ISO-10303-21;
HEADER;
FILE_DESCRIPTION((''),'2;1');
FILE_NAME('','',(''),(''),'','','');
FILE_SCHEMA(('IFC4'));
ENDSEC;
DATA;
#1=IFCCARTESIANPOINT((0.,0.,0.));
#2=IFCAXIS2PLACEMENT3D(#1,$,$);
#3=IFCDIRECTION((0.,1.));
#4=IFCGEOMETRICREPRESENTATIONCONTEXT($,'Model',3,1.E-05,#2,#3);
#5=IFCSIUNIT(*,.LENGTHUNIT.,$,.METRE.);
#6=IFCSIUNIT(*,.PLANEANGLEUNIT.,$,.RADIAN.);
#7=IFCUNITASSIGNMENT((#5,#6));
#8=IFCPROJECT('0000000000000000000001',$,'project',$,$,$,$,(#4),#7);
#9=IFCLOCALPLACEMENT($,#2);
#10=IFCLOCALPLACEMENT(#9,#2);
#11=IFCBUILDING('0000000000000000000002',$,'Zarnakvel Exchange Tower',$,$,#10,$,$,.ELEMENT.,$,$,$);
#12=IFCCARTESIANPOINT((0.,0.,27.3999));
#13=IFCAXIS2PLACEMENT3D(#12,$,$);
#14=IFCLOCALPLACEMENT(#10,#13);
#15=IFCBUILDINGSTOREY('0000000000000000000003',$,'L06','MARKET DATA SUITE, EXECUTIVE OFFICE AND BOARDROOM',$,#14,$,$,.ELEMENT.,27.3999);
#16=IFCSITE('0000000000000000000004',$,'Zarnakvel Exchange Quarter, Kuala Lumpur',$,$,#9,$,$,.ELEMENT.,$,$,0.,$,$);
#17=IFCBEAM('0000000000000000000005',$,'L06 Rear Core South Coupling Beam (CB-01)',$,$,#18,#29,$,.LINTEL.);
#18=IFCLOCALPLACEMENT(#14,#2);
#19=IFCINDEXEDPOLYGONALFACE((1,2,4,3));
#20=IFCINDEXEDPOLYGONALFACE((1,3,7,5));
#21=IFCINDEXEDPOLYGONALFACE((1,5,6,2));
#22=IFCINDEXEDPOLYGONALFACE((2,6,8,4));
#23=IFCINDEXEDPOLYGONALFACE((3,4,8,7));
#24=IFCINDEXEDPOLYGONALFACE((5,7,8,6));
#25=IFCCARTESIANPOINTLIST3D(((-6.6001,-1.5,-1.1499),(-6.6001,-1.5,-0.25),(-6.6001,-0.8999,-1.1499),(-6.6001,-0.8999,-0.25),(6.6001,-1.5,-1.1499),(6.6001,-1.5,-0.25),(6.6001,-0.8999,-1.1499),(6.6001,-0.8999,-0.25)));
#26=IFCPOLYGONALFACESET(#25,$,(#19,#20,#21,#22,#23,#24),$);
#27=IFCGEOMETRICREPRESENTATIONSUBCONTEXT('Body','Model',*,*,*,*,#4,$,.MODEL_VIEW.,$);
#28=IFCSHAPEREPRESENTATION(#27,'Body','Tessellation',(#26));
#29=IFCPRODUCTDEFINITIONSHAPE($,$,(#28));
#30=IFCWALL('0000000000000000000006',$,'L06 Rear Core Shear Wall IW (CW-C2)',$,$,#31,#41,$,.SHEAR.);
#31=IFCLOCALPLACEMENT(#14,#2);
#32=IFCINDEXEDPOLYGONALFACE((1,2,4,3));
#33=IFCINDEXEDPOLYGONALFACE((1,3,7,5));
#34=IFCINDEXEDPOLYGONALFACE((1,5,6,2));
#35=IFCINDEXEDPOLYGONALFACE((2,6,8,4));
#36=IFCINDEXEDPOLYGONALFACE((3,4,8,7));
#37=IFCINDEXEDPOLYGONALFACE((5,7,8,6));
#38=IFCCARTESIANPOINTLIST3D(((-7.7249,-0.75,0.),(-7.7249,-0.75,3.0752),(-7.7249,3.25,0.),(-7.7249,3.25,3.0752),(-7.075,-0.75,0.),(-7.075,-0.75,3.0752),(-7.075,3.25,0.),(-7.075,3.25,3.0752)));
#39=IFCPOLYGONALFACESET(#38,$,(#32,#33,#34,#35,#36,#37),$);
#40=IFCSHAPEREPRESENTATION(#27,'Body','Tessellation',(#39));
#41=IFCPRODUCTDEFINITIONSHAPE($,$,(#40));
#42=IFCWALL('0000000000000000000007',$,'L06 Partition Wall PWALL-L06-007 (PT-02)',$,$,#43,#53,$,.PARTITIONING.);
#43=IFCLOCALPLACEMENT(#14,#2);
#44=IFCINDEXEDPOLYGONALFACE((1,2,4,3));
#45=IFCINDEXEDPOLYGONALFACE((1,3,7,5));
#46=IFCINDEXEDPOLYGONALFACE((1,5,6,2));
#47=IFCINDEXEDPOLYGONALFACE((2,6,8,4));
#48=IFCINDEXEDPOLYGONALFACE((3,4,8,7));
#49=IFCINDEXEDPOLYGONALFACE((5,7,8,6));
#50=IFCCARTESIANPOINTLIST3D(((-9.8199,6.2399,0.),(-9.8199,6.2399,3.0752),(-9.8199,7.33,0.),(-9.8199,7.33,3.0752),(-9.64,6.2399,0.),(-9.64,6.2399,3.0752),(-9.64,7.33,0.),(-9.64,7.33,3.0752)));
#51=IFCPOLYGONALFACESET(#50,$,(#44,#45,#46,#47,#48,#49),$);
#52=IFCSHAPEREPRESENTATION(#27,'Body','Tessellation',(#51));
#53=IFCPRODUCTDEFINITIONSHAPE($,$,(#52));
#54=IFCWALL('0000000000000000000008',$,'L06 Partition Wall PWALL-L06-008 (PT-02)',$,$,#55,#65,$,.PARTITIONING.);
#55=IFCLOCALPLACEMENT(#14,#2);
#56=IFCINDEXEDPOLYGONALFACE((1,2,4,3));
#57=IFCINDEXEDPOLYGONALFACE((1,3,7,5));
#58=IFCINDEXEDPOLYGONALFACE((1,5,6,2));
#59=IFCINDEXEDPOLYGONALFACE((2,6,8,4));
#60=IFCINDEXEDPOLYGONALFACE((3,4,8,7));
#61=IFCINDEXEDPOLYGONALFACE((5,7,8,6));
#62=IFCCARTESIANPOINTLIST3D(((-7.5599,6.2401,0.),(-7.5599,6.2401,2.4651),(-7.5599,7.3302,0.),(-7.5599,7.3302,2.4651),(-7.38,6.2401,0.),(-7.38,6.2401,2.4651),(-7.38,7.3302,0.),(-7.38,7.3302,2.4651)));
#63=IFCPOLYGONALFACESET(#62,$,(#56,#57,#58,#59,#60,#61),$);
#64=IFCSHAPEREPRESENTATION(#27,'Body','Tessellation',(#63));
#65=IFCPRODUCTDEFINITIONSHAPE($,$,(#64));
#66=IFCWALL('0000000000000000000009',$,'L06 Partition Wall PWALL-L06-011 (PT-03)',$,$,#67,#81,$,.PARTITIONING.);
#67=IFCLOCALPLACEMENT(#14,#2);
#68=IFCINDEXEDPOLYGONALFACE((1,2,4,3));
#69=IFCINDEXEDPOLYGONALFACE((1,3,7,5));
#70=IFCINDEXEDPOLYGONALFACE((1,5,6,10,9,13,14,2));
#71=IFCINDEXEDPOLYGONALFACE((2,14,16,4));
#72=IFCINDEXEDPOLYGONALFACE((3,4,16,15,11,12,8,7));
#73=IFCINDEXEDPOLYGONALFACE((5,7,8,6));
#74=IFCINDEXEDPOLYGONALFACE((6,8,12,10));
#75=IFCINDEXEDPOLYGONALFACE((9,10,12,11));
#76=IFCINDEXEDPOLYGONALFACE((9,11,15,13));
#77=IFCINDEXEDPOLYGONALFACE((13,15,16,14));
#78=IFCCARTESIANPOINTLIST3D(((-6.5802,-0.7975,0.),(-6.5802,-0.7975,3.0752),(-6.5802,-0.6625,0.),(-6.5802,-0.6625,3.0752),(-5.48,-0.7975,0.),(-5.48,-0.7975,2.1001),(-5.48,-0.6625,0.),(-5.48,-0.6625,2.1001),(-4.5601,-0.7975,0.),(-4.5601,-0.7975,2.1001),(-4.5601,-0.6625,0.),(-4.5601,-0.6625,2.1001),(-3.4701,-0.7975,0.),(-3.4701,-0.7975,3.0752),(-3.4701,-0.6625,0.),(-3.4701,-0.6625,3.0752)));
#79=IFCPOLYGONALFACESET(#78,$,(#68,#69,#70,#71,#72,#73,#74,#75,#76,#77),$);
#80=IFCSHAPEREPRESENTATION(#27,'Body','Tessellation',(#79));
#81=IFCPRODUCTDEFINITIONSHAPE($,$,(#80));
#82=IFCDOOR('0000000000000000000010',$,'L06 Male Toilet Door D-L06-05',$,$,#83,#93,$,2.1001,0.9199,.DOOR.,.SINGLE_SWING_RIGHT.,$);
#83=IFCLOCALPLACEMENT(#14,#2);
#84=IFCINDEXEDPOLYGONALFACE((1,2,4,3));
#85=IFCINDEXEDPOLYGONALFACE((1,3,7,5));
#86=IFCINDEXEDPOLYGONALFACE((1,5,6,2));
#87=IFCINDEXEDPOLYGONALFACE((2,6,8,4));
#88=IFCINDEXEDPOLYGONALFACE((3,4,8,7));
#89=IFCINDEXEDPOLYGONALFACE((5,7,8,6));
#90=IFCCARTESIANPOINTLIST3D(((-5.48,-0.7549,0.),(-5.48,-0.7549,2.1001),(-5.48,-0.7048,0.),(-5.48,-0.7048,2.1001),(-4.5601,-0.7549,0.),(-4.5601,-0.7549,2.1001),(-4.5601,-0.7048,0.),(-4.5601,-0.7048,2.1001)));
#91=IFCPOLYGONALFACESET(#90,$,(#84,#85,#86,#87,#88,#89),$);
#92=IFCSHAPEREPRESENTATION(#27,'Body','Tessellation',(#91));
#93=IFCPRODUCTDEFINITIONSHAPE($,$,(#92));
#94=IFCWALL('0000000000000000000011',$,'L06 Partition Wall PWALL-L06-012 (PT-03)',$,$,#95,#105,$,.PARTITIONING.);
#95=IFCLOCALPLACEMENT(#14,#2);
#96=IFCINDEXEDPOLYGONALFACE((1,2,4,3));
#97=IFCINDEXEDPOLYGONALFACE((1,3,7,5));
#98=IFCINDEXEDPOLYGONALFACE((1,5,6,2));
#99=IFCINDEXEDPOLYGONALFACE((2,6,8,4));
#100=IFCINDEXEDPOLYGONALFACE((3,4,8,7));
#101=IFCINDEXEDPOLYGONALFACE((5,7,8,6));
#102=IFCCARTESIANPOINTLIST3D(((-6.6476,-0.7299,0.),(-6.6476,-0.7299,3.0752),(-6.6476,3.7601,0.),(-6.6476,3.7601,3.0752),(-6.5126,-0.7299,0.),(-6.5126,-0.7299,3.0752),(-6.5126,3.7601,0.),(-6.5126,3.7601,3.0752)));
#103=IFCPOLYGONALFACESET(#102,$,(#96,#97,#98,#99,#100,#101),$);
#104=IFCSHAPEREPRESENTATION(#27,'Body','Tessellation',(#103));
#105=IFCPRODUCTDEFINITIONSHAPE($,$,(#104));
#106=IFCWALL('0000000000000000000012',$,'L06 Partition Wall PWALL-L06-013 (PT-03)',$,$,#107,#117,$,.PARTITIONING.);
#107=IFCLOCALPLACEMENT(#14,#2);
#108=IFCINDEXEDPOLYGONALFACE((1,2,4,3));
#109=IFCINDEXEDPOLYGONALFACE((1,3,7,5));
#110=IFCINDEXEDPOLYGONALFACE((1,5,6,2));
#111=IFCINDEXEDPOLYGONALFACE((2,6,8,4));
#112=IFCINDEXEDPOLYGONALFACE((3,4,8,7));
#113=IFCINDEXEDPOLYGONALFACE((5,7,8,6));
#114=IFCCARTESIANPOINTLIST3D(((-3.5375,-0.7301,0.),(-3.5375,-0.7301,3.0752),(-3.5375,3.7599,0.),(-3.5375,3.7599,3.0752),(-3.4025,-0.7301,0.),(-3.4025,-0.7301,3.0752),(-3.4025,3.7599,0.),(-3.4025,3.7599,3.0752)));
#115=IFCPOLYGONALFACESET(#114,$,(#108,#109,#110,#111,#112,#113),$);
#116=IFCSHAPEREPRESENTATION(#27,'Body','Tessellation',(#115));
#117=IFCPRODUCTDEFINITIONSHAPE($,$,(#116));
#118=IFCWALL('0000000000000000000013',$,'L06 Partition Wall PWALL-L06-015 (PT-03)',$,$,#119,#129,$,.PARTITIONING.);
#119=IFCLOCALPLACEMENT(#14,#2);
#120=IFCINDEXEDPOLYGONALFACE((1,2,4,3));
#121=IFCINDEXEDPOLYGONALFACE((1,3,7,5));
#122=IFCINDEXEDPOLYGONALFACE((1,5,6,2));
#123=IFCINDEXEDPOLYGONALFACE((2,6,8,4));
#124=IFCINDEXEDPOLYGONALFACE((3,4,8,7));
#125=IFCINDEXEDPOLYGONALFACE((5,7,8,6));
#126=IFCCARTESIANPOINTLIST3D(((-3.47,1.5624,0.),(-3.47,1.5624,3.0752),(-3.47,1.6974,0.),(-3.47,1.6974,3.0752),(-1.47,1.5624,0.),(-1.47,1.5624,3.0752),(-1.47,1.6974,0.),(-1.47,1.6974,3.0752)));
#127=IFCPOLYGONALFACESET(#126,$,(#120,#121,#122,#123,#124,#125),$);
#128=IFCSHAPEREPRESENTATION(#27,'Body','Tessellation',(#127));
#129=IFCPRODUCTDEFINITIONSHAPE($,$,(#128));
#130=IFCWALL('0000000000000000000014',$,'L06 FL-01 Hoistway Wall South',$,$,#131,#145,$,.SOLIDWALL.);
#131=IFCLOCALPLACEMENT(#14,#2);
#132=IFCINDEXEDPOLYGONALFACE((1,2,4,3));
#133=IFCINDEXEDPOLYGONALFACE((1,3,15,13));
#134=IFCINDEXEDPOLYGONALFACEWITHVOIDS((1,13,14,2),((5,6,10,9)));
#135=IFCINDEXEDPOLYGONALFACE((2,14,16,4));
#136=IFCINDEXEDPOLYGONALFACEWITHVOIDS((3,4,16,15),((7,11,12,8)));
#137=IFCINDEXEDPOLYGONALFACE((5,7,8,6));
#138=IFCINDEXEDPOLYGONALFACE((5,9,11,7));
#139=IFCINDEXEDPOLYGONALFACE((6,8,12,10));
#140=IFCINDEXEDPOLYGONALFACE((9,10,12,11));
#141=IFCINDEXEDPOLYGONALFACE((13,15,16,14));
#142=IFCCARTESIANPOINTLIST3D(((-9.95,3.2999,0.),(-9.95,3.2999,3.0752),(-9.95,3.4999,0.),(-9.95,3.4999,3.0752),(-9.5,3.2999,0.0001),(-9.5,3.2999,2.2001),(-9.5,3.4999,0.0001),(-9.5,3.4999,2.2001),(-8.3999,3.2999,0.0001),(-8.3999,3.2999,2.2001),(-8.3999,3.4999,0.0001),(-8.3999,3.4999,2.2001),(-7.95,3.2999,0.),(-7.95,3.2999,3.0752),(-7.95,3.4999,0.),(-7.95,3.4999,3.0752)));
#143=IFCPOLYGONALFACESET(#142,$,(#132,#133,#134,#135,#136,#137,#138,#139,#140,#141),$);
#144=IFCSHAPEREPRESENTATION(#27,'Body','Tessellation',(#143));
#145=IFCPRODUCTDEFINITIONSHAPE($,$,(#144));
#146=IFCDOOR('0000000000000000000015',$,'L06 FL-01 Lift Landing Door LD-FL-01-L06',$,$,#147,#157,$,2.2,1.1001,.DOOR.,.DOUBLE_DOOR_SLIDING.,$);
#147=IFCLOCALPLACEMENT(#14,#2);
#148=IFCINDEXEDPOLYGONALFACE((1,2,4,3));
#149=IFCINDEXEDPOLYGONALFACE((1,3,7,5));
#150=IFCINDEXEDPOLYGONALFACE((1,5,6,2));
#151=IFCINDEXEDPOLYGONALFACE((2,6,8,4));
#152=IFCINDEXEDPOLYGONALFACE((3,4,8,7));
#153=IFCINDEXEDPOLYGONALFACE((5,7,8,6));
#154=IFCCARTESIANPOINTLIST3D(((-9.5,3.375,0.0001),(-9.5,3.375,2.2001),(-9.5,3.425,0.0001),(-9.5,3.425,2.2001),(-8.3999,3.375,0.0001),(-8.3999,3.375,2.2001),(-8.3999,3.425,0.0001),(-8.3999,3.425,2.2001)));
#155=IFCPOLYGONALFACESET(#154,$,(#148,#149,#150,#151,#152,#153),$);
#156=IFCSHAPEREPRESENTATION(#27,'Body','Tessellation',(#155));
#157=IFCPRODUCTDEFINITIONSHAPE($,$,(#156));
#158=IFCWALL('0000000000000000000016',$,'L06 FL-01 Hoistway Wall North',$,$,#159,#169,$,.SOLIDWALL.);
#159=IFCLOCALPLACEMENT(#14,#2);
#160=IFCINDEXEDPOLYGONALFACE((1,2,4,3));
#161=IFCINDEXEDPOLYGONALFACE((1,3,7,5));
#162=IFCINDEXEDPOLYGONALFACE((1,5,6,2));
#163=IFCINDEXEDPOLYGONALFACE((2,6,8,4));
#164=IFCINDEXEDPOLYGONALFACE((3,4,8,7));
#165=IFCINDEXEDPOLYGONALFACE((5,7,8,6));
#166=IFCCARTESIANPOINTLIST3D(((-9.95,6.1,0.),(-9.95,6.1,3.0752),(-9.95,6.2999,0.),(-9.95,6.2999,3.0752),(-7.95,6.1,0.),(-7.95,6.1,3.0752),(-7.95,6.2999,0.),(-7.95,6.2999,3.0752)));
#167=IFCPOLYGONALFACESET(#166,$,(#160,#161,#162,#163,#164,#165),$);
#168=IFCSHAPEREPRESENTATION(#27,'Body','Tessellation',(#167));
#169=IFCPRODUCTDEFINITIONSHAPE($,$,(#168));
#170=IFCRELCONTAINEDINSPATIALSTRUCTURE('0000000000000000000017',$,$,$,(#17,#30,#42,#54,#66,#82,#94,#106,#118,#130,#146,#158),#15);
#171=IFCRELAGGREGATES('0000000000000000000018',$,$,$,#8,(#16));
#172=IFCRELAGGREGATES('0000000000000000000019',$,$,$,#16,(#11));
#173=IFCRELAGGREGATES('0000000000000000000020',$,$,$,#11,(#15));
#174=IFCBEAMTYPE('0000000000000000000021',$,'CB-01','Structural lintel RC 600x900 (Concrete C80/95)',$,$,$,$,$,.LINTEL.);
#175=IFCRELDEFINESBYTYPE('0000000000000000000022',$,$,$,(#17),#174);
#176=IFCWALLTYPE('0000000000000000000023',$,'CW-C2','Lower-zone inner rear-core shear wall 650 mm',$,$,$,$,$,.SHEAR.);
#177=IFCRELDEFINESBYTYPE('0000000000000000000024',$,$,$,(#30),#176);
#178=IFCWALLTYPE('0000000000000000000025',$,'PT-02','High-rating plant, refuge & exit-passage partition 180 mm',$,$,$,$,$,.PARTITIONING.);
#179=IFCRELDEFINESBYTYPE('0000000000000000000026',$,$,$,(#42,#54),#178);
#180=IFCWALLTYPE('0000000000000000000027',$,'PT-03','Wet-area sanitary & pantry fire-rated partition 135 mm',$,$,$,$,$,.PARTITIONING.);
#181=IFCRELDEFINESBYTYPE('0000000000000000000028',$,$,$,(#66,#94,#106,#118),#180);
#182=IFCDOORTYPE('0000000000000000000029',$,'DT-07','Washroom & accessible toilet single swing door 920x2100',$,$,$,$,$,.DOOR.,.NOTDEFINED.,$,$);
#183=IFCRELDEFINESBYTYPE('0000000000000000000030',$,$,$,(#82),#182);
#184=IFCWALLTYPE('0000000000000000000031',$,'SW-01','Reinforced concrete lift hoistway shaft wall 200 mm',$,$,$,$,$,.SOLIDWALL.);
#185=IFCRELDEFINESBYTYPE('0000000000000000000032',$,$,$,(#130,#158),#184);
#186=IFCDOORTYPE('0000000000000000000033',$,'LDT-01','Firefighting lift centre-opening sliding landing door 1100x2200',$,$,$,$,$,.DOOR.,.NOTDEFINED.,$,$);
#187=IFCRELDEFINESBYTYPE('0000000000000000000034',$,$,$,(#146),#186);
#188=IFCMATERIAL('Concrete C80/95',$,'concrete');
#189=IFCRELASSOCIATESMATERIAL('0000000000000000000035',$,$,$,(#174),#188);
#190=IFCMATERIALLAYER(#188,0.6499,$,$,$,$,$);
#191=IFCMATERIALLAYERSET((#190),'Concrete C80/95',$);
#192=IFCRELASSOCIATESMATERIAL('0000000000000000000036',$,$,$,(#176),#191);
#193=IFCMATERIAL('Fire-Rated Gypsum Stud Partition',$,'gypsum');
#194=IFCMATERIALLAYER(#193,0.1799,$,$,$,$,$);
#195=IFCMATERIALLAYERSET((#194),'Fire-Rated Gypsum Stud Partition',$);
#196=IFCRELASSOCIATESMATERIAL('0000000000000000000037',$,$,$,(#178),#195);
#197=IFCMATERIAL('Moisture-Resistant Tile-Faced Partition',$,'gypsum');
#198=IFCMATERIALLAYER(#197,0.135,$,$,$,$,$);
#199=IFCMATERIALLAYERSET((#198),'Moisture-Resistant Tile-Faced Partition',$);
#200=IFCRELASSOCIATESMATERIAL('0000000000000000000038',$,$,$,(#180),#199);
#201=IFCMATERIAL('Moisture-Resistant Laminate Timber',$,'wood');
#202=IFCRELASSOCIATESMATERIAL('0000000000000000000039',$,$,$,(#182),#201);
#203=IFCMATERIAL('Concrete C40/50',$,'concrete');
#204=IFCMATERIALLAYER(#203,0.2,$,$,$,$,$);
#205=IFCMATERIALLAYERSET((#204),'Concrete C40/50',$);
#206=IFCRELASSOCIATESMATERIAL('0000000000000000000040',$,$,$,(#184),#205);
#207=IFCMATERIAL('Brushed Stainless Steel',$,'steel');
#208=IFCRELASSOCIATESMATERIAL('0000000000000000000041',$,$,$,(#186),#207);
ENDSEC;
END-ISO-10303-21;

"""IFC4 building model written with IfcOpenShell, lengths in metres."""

from ifc_helpers import new_model, si_unit, direction, frame, frame_2d, origin, origin_2d, place, context, subcontext, project, spatial, rectangle, extrude, source, transform, mapped, material, layer, layer_set, material_profile, profile_set, type_object, element, fill, save


model = new_model("IFC4")

# Units and contexts
model_context = context("Model", 3, precision=1e-05, world=origin(), true_north=direction((0.0, 1.0)))
body_context = subcontext(model_context, "Body", "Model", "MODEL_VIEW")
ifc_project = project(units=[si_unit("LENGTHUNIT", "METRE"), si_unit("PLANEANGLEUNIT", "RADIAN")], contexts=[model_context])

# Site, building, storey
site_placement = place(None, origin())
site = spatial("IfcSite", under=ifc_project, at=site_placement, Name="Zarnakvel Exchange Quarter, Kuala Lumpur", CompositionType="ELEMENT", RefElevation=0.0)
building_placement = place(site_placement, origin())
building = spatial("IfcBuilding", under=site, at=building_placement, Name="Zarnakvel Exchange Tower", CompositionType="ELEMENT")
storey_placement = place(building_placement, frame((0.0, 0.0, 27.3999)))
storey = spatial("IfcBuildingStorey", under=building, at=storey_placement, Name="L06", Description="MARKET DATA SUITE, EXECUTIVE OFFICE AND BOARDROOM", CompositionType="ELEMENT", Elevation=27.3999)

# Beam
ifc_material_1 = material(Name="Concrete C80/95", Category="concrete")
ifc_material_profile = material_profile(ifc_material_1, rectangle(XDim=0.6001, YDim=0.8999, at=origin_2d()))
ifc_profile_set = profile_set([ifc_material_profile], Name="Concrete C80/95")
beam_type = type_object("IfcBeamType", Name="CB-01", Description="Structural lintel RC 600x900 (Concrete C80/95)", PredefinedType="LINTEL", material=ifc_profile_set)
beam_placement = place(storey_placement, frame((-6.6001, -1.2, -0.7), z_axis=(1.0, 0.0, 0.0), x_axis=(0.0, 1.0, 0.0)))
element("IfcBeam", 1, at=beam_placement, inside=storey, type_object=beam_type, Name="L06 Rear Core South Coupling Beam (CB-01)", PredefinedType="LINTEL", context=body_context, shape_type="SweptSolid", body=[
    extrude(rectangle(XDim=0.6001, YDim=0.8999, at=origin_2d()), origin(), (0.0, 0.0, 1.0), 13.2002),
])

# Walls
ifc_layer_1 = layer(ifc_material_1, 0.6499)
ifc_layer_set_1 = layer_set([ifc_layer_1], Name="Concrete C80/95")
wall_type_1 = type_object("IfcWallType", Name="CW-C2", Description="Lower-zone inner rear-core shear wall 650 mm", PredefinedType="SHEAR", material=ifc_layer_set_1)
wall_1_placement = place(storey_placement, frame((-7.3999, -0.75, 0.0), z_axis=(0.0, 0.0, 1.0), x_axis=(0.0, 1.0, 0.0)))
element("IfcWall", 2, at=wall_1_placement, inside=storey, type_object=wall_type_1, Name="L06 Rear Core Shear Wall IW (CW-C2)", PredefinedType="SHEAR", context=body_context, shape_type="SweptSolid", body=[
    extrude(rectangle(XDim=4.0, YDim=0.6499, at=frame_2d((2.0, 0.0))), origin(), (0.0, 0.0, 1.0), 3.0752),
])
ifc_material_2 = material(Name="Fire-Rated Gypsum Stud Partition", Category="gypsum")
ifc_layer_2 = layer(ifc_material_2, 0.1799)
ifc_layer_set_2 = layer_set([ifc_layer_2], Name="Fire-Rated Gypsum Stud Partition")
wall_type_2 = type_object("IfcWallType", Name="PT-02", Description="High-rating plant, refuge & exit-passage partition 180 mm", PredefinedType="PARTITIONING", material=ifc_layer_set_2)
wall_2_placement = place(storey_placement, frame((-9.73, 6.24, 0.0), z_axis=(0.0, 0.0, 1.0), x_axis=(0.0, 1.0, 0.0)))
element("IfcWall", 3, at=wall_2_placement, inside=storey, type_object=wall_type_2, Name="L06 Partition Wall PWALL-L06-007 (PT-02)", PredefinedType="PARTITIONING", context=body_context, shape_type="SweptSolid", body=[
    extrude(rectangle(XDim=1.0901, YDim=0.1799, at=frame_2d((0.5449, 0.0))), origin(), (0.0, 0.0, 1.0), 3.0752),
])
wall_3_placement = place(storey_placement, frame((-7.47, 7.3301, 0.0), z_axis=(0.0, 0.0, 1.0), x_axis=(0.0, -1.0, 0.0)))
element("IfcWall", 4, at=wall_3_placement, inside=storey, type_object=wall_type_2, Name="L06 Partition Wall PWALL-L06-008 (PT-02)", PredefinedType="PARTITIONING", context=body_context, shape_type="SweptSolid", body=[
    extrude(rectangle(XDim=1.0901, YDim=0.1799, at=frame_2d((0.5449, 0.0))), origin(), (0.0, 0.0, 1.0), 2.4651),
])

# Wall, opening, door
ifc_material_3 = material(Name="Moisture-Resistant Tile-Faced Partition", Category="gypsum")
ifc_layer_3 = layer(ifc_material_3, 0.135)
ifc_layer_set_3 = layer_set([ifc_layer_3], Name="Moisture-Resistant Tile-Faced Partition")
wall_type_3 = type_object("IfcWallType", Name="PT-03", Description="Wet-area sanitary & pantry fire-rated partition 135 mm", PredefinedType="PARTITIONING", material=ifc_layer_set_3)
wall_4_placement = place(storey_placement, frame((-3.47, -0.73, 0.0), z_axis=(0.0, 0.0, 1.0), x_axis=(-1.0, 0.0, 0.0)))
wall_4 = element("IfcWall", 5, at=wall_4_placement, inside=storey, type_object=wall_type_3, Name="L06 Partition Wall PWALL-L06-011 (PT-03)", PredefinedType="PARTITIONING", context=body_context, shape_type="SweptSolid", body=[
    extrude(rectangle(XDim=3.1101, YDim=0.135, at=frame_2d((1.5552, 0.0))), origin(), (0.0, 0.0, 1.0), 3.0752),
])
opening_1_placement = place(wall_4_placement, frame((1.0901, 0.0, 0.0)))
opening_1 = element("IfcOpeningElement", 6, at=opening_1_placement, cuts=wall_4, PredefinedType="OPENING", context=body_context, shape_type="SweptSolid", body=[
    extrude(rectangle(XDim=0.9199, YDim=2.1001, at=frame_2d((0.46, 1.05))), frame((0.0, 0.0774, 0.0), z_axis=(0.0, -1.0, 0.0), x_axis=(1.0, 0.0, 0.0)), (0.0, 0.0, 1.0), 0.155),
])
ifc_material_4 = material(Name="Moisture-Resistant Laminate Timber", Category="wood")
door_type_1 = type_object("IfcDoorType", Name="DT-07", Description="Washroom & accessible toilet single swing door 920x2100", OperationType="NOTDEFINED", PredefinedType="DOOR", material=ifc_material_4)
shared_shape_1 = source(origin(), body_context, "Body", "SweptSolid", [
    extrude(rectangle(XDim=0.9199, YDim=2.1001, at=frame_2d((0.46, 1.05))), frame((0.0, 0.0249, 0.0), z_axis=(0.0, -1.0, 0.0), x_axis=(1.0, 0.0, 0.0)), (0.0, 0.0, 1.0), 0.05),
])
door_1_placement = place(opening_1_placement, origin())
door_1 = element("IfcDoor", 7, at=door_1_placement, inside=storey, type_object=door_type_1, Name="L06 Male Toilet Door D-L06-05", OperationType="SINGLE_SWING_RIGHT", OverallHeight=2.1001, OverallWidth=0.9199, PredefinedType="DOOR", context=body_context, shape_type="MappedRepresentation", body=[
    mapped(shared_shape_1, transform((0.0, 0.0, 0.0), x_axis=(1.0, 0.0, 0.0), y_axis=(0.0, 1.0, 0.0), z_axis=(0.0, 0.0, 1.0), scale=1.0)),
])
fill(opening_1, door_1)

# Walls
for number, where, z_axis, x_axis, name in (
    (8, (-6.5801, -0.73, 0.0), (0.0, 0.0, 1.0), (0.0, 1.0, 0.0), "L06 Partition Wall PWALL-L06-012 (PT-03)"),
    (9, (-3.47, 3.76, 0.0), (0.0, 0.0, 1.0), (0.0, -1.0, 0.0), "L06 Partition Wall PWALL-L06-013 (PT-03)"),
):
    element("IfcWall", number, at=place(storey_placement, frame(where, z_axis=z_axis, x_axis=x_axis)), inside=storey, type_object=wall_type_3, Name=name, PredefinedType="PARTITIONING", context=body_context, shape_type="SweptSolid", body=[
        extrude(rectangle(XDim=4.49, YDim=0.135, at=frame_2d((2.2451, 0.0))), origin(), (0.0, 0.0, 1.0), 3.0752),
    ])
wall_5_placement = place(storey_placement, frame((-3.47, 1.6299, 0.0), z_axis=(0.0, 0.0, 1.0), x_axis=(1.0, 0.0, 0.0)))
element("IfcWall", 10, at=wall_5_placement, inside=storey, type_object=wall_type_3, Name="L06 Partition Wall PWALL-L06-015 (PT-03)", PredefinedType="PARTITIONING", context=body_context, shape_type="SweptSolid", body=[
    extrude(rectangle(XDim=2.0, YDim=0.135, at=frame_2d((1.0, 0.0))), origin(), (0.0, 0.0, 1.0), 3.0752),
])

# Wall, opening, door
ifc_material_5 = material(Name="Concrete C40/50", Category="concrete")
ifc_layer_4 = layer(ifc_material_5, 0.2)
ifc_layer_set_4 = layer_set([ifc_layer_4], Name="Concrete C40/50")
wall_type_4 = type_object("IfcWallType", Name="SW-01", Description="Reinforced concrete lift hoistway shaft wall 200 mm", PredefinedType="SOLIDWALL", material=ifc_layer_set_4)
wall_6_placement = place(storey_placement, frame((-7.95, 3.3999, 0.0), z_axis=(0.0, 0.0, 1.0), x_axis=(-1.0, 0.0, 0.0)))
wall_6 = element("IfcWall", 11, at=wall_6_placement, inside=storey, type_object=wall_type_4, Name="L06 FL-01 Hoistway Wall South", PredefinedType="SOLIDWALL", context=body_context, shape_type="SweptSolid", body=[
    extrude(rectangle(XDim=2.0, YDim=0.2, at=frame_2d((1.0, 0.0))), origin(), (0.0, 0.0, 1.0), 3.0752),
])
opening_2_placement = place(wall_6_placement, frame((0.45, 0.0, 0.0)))
opening_2 = element("IfcOpeningElement", 12, at=opening_2_placement, cuts=wall_6, PredefinedType="OPENING", context=body_context, shape_type="SweptSolid", body=[
    extrude(rectangle(XDim=1.1001, YDim=2.2, at=frame_2d((0.55, 1.1001))), frame((0.0, 0.1099, 0.0), z_axis=(0.0, -1.0, 0.0), x_axis=(1.0, 0.0, 0.0)), (0.0, 0.0, 1.0), 0.22),
])
ifc_material_6 = material(Name="Brushed Stainless Steel", Category="steel")
door_type_2 = type_object("IfcDoorType", Name="LDT-01", Description="Firefighting lift centre-opening sliding landing door 1100x2200", OperationType="NOTDEFINED", PredefinedType="DOOR", material=ifc_material_6)
shared_shape_2 = source(origin(), body_context, "Body", "SweptSolid", [
    extrude(rectangle(XDim=1.1001, YDim=2.2, at=frame_2d((0.55, 1.1001))), frame((0.0, 0.0249, 0.0), z_axis=(0.0, -1.0, 0.0), x_axis=(1.0, 0.0, 0.0)), (0.0, 0.0, 1.0), 0.05),
])
door_2_placement = place(opening_2_placement, origin())
door_2 = element("IfcDoor", 13, at=door_2_placement, inside=storey, type_object=door_type_2, Name="L06 FL-01 Lift Landing Door LD-FL-01-L06", OperationType="DOUBLE_DOOR_SLIDING", OverallHeight=2.2, OverallWidth=1.1001, PredefinedType="DOOR", context=body_context, shape_type="MappedRepresentation", body=[
    mapped(shared_shape_2, transform((0.0, 0.0, 0.0), x_axis=(1.0, 0.0, 0.0), y_axis=(0.0, 1.0, 0.0), z_axis=(0.0, 0.0, 1.0), scale=1.0)),
])
fill(opening_2, door_2)

# Wall
wall_7_placement = place(storey_placement, frame((-9.95, 6.2, 0.0), z_axis=(0.0, 0.0, 1.0), x_axis=(1.0, 0.0, 0.0)))
element("IfcWall", 14, at=wall_7_placement, inside=storey, type_object=wall_type_4, Name="L06 FL-01 Hoistway Wall North", PredefinedType="SOLIDWALL", context=body_context, shape_type="SweptSolid", body=[
    extrude(rectangle(XDim=2.0, YDim=0.2, at=frame_2d((1.0, 0.0))), origin(), (0.0, 0.0, 1.0), 3.0752),
])

save(model, "model.ifc")
